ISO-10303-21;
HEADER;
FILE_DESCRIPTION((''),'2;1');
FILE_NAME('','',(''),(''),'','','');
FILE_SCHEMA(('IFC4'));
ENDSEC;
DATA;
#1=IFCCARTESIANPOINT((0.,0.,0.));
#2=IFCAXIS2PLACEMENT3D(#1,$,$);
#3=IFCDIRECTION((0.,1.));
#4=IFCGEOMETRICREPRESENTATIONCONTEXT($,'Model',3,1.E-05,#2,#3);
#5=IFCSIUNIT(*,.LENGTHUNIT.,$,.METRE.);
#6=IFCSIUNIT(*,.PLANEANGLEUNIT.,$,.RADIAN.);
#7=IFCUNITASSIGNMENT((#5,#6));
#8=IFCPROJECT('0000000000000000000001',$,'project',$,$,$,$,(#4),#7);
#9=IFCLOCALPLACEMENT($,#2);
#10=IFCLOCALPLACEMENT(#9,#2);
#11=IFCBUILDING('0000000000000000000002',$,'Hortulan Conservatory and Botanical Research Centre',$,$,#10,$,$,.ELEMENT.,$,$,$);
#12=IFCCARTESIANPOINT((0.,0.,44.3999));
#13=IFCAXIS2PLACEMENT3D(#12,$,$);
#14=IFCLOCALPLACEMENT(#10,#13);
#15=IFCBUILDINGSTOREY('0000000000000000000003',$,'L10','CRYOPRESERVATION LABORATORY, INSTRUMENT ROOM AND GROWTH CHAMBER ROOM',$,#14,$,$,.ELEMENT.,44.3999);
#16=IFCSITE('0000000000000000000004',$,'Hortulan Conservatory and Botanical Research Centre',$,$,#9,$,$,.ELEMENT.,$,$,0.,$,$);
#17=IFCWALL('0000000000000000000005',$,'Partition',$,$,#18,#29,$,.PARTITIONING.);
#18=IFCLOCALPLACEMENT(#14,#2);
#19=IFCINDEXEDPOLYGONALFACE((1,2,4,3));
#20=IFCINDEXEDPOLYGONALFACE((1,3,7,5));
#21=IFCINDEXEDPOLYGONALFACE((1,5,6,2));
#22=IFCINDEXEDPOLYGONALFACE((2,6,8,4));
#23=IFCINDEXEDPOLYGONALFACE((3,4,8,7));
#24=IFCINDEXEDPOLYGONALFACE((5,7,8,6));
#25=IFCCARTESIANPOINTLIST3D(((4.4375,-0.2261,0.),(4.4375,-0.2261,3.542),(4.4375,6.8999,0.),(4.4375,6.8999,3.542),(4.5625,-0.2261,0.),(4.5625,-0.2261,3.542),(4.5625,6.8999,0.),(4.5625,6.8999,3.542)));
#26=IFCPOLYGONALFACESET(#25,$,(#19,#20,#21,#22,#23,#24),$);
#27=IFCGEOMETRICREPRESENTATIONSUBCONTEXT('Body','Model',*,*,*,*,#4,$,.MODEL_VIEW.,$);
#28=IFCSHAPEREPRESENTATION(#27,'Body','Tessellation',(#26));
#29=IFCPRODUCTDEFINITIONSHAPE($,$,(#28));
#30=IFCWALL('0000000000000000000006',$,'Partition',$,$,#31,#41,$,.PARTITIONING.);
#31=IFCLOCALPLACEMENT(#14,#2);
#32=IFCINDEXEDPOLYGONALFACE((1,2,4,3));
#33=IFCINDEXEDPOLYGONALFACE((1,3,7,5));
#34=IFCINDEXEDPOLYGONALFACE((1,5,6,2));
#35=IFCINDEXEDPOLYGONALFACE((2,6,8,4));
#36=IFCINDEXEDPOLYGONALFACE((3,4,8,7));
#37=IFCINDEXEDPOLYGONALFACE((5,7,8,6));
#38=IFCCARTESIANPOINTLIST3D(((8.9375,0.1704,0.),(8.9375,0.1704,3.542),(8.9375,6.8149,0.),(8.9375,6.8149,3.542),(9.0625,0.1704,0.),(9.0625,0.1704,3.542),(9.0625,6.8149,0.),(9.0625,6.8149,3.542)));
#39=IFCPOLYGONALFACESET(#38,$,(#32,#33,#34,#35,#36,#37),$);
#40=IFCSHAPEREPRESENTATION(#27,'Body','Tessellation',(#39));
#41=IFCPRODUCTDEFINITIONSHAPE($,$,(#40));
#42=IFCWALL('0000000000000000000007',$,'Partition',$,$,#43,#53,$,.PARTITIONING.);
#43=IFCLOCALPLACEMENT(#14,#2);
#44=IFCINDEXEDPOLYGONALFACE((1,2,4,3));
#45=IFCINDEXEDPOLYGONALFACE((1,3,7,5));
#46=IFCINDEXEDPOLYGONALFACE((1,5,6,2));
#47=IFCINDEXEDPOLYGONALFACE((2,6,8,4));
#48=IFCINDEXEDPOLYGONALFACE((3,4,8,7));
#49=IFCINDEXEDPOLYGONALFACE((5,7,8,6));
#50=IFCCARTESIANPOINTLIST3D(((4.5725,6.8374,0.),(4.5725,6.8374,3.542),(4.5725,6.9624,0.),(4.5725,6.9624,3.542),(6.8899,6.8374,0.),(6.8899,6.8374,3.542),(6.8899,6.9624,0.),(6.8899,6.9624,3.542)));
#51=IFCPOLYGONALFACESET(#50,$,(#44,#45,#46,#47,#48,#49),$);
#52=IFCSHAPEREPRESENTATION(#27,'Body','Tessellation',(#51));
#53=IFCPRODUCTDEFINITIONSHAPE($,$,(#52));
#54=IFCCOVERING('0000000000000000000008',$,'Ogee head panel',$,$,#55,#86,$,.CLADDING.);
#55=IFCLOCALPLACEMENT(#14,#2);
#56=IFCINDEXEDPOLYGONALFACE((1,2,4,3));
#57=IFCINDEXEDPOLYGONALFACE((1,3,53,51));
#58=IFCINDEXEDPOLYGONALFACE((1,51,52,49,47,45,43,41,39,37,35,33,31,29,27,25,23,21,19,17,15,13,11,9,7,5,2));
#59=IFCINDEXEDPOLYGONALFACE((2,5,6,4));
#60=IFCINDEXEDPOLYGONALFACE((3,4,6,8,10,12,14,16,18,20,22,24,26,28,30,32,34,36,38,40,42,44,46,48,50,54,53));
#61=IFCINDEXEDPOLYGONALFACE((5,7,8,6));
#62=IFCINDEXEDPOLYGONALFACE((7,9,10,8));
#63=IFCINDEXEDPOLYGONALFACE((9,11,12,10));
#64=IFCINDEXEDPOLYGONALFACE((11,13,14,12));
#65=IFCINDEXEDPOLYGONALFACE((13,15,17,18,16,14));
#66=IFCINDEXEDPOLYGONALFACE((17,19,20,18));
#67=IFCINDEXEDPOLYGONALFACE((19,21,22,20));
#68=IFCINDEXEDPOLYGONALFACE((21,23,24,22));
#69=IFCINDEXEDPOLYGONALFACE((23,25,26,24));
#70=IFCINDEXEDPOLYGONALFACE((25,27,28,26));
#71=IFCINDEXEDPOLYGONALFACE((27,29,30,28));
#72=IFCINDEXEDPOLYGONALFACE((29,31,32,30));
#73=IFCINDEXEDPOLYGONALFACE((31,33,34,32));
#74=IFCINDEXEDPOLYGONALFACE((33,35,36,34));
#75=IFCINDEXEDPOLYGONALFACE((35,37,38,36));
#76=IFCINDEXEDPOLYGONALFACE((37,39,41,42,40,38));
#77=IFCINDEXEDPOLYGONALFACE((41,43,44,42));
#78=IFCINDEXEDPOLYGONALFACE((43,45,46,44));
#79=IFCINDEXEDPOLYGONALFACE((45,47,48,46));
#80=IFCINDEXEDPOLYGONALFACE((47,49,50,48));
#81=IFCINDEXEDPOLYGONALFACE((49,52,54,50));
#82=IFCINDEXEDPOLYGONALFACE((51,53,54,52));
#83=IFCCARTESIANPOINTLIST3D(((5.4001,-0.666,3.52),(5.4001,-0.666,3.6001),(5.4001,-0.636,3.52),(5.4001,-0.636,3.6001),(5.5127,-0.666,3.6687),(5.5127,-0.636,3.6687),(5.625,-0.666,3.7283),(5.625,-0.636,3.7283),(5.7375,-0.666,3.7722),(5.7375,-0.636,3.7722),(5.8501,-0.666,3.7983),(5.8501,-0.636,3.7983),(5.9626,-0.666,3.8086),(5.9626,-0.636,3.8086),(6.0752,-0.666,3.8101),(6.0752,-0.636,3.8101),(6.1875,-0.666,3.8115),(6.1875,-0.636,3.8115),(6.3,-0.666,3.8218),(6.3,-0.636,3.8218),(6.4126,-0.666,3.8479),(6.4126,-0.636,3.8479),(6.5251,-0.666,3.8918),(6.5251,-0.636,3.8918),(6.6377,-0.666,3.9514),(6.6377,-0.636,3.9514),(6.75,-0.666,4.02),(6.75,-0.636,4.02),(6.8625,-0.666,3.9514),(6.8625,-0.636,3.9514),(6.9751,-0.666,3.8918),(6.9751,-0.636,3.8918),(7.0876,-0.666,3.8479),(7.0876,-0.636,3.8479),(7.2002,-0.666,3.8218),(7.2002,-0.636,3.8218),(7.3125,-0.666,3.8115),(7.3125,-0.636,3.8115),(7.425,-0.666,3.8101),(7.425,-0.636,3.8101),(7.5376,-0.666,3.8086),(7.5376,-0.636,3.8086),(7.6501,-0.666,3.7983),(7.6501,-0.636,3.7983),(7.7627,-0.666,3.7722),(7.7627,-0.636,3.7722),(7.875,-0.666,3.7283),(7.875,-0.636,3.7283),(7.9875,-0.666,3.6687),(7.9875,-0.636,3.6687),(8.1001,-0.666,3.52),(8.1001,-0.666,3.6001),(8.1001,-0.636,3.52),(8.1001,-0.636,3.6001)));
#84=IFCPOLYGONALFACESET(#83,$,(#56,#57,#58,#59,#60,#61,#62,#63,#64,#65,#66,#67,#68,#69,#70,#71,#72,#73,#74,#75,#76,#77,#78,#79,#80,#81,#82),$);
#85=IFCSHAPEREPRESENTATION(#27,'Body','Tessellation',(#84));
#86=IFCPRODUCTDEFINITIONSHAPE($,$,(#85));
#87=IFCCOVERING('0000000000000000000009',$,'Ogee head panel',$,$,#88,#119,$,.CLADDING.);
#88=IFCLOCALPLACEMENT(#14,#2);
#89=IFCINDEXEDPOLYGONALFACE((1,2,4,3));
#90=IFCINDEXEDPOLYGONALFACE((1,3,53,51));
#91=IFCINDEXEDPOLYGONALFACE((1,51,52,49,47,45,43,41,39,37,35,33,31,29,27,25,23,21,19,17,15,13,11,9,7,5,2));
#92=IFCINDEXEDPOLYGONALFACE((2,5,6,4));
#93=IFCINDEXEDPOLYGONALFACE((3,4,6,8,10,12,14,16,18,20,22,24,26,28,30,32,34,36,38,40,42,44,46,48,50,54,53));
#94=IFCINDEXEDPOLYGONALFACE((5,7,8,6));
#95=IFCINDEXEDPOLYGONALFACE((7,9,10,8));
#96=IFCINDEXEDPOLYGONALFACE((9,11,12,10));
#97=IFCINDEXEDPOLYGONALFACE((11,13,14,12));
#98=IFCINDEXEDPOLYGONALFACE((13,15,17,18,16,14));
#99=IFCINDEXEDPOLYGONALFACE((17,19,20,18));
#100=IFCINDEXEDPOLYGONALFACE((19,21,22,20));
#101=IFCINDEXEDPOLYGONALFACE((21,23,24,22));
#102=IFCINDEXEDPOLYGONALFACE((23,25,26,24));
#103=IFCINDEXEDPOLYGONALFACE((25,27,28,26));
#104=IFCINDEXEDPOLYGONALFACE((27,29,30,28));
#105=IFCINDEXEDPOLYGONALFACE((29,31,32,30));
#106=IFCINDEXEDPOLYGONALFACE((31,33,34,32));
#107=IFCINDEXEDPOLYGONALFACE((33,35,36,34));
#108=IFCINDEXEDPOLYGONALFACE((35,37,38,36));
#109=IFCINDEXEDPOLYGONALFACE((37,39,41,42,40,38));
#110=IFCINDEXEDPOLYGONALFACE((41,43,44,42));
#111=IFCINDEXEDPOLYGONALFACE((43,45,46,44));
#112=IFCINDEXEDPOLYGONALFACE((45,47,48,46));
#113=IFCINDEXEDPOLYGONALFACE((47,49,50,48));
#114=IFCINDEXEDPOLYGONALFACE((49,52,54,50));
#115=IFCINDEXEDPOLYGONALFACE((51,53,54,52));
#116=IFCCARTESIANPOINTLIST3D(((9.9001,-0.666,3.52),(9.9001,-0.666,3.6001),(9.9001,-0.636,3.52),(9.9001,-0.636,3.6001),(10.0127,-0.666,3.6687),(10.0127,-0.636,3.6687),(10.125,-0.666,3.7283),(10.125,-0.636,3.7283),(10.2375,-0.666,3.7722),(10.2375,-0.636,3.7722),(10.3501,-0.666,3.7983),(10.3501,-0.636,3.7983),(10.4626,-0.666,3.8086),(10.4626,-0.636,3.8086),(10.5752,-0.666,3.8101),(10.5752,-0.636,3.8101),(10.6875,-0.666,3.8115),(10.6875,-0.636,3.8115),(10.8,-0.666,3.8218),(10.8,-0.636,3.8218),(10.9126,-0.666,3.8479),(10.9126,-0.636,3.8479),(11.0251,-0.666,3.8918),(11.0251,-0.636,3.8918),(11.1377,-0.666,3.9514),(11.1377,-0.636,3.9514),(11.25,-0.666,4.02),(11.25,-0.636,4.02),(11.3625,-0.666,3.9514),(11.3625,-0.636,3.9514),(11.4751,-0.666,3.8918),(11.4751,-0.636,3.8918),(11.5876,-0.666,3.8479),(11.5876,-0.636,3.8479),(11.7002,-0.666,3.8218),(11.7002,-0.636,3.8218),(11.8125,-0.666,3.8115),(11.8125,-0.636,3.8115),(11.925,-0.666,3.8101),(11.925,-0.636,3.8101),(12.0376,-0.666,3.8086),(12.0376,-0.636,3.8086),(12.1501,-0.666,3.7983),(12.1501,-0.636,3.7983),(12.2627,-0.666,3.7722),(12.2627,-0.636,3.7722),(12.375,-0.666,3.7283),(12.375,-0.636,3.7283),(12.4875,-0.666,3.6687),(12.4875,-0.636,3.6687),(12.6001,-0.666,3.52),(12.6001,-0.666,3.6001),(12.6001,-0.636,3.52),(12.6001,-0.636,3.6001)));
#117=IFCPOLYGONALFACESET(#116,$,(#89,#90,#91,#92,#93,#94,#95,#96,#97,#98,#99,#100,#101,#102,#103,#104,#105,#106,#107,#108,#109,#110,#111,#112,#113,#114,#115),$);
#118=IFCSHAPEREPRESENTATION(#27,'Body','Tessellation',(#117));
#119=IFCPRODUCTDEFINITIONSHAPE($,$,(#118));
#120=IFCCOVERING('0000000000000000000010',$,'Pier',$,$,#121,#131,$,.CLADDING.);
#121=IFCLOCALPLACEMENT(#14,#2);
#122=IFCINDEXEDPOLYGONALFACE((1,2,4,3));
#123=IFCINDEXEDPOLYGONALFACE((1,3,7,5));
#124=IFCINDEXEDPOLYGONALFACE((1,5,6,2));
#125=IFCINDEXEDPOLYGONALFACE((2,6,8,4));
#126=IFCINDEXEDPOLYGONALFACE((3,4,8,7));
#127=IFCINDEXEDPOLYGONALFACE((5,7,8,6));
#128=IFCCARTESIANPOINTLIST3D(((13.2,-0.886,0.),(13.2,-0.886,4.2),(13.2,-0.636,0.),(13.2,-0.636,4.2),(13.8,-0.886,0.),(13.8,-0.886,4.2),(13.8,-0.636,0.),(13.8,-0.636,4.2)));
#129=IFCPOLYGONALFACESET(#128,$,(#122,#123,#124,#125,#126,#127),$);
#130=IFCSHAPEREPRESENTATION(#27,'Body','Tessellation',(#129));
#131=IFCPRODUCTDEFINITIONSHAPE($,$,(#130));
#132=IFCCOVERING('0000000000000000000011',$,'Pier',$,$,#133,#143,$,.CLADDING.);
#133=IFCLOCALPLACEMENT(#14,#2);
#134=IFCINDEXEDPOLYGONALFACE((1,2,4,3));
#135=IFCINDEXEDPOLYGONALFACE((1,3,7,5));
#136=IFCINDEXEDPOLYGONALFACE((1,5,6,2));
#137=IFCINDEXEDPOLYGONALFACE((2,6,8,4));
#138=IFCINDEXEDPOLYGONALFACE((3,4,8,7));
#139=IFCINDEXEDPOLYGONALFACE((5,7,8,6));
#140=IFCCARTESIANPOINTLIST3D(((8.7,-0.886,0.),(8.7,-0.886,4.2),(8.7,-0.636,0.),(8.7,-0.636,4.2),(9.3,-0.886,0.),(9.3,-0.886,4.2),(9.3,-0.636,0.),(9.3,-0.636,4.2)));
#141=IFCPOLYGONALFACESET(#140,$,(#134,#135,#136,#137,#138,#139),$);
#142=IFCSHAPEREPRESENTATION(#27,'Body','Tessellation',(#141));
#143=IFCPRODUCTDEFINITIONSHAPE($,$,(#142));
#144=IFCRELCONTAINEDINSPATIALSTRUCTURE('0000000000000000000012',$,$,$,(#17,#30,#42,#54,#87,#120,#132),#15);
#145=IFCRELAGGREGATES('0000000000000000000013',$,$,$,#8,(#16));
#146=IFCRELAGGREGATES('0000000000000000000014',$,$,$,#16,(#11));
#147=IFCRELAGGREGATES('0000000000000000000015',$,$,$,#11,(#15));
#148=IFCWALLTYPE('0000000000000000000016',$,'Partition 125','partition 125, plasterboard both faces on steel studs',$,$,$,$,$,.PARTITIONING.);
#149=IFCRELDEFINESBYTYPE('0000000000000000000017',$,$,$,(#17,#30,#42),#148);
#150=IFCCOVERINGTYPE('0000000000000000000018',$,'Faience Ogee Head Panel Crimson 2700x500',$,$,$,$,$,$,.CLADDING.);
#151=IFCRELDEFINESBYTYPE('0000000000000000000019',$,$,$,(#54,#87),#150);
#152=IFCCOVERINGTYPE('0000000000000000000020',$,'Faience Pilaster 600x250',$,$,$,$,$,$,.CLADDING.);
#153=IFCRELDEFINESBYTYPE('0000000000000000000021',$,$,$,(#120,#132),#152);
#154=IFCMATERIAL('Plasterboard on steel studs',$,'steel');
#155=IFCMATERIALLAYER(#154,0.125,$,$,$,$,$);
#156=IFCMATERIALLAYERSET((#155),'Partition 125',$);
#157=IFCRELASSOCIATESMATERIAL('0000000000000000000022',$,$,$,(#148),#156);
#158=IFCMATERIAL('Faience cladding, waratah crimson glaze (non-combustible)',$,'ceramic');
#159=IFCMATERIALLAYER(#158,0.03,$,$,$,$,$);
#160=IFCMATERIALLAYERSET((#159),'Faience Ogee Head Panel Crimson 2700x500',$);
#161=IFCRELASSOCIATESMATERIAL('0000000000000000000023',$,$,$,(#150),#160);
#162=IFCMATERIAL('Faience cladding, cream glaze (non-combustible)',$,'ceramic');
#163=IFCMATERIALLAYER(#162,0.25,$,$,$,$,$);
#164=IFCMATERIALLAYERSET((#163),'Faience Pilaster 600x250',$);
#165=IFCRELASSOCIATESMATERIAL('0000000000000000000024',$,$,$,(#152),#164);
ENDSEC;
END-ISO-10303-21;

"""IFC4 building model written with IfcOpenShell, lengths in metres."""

from ifc_helpers import new_model, si_unit, direction, frame, frame_2d, origin, origin_2d, place, context, subcontext, project, spatial, polyline, rectangle, outline, extrude, material, layer, layer_set, type_object, element, save


model = new_model("IFC4")

# Units and contexts
model_context = context("Model", 3, precision=1e-05, world=origin(), true_north=direction((0.0, 1.0)))
body_context = subcontext(model_context, "Body", "Model", "MODEL_VIEW")
ifc_project = project(units=[si_unit("LENGTHUNIT", "METRE"), si_unit("PLANEANGLEUNIT", "RADIAN")], contexts=[model_context])

# Site, building, storey
site_placement = place(None, origin())
site = spatial("IfcSite", under=ifc_project, at=site_placement, Name="Hortulan Conservatory and Botanical Research Centre", CompositionType="ELEMENT", RefElevation=0.0)
building_placement = place(site_placement, origin())
building = spatial("IfcBuilding", under=site, at=building_placement, Name="Hortulan Conservatory and Botanical Research Centre", CompositionType="ELEMENT")
storey_placement = place(building_placement, frame((0.0, 0.0, 44.3999)))
storey = spatial("IfcBuildingStorey", under=building, at=storey_placement, Name="L10", Description="CRYOPRESERVATION LABORATORY, INSTRUMENT ROOM AND GROWTH CHAMBER ROOM", CompositionType="ELEMENT", Elevation=44.3999)

# Shared definitions
ifc_material_1 = material(Name="Plasterboard on steel studs", Category="steel")

# Walls
ifc_layer_1 = layer(ifc_material_1, 0.125)
ifc_layer_set_1 = layer_set([ifc_layer_1], Name="Partition 125")
wall_type_1 = type_object("IfcWallType", Name="Partition 125", Description="partition 125, plasterboard both faces on steel studs", PredefinedType="PARTITIONING", material=ifc_layer_set_1)
wall_1_placement = place(storey_placement, frame((4.5, -0.2261, 0.0), z_axis=(0.0, 0.0, 1.0), x_axis=(0.0, 1.0, 0.0)))
element("IfcWall", 1, at=wall_1_placement, inside=storey, type_object=wall_type_1, Name="Partition", PredefinedType="PARTITIONING", context=body_context, shape_type="SweptSolid", body=[
    extrude(rectangle(XDim=7.126, YDim=0.125, at=frame_2d((3.563, 0.0))), origin(), (0.0, 0.0, 1.0), 3.542),
])
wall_2_placement = place(storey_placement, frame((9.0, 0.1704, 0.0), z_axis=(0.0, 0.0, 1.0), x_axis=(0.0, 1.0, 0.0)))
element("IfcWall", 2, at=wall_2_placement, inside=storey, type_object=wall_type_1, Name="Partition", PredefinedType="PARTITIONING", context=body_context, shape_type="SweptSolid", body=[
    extrude(rectangle(XDim=6.6445, YDim=0.125, at=frame_2d((3.3223, 0.0))), origin(), (0.0, 0.0, 1.0), 3.542),
])
wall_3_placement = place(storey_placement, frame((4.5725, 6.8999, 0.0), z_axis=(0.0, 0.0, 1.0), x_axis=(1.0, 0.0, 0.0)))
element("IfcWall", 3, at=wall_3_placement, inside=storey, type_object=wall_type_1, Name="Partition", PredefinedType="PARTITIONING", context=body_context, shape_type="SweptSolid", body=[
    extrude(rectangle(XDim=2.3174, YDim=0.125, at=frame_2d((1.1587, 0.0))), origin(), (0.0, 0.0, 1.0), 3.542),
])

# Coverings
ifc_material_2 = material(Name="Faience cladding, waratah crimson glaze (non-combustible)", Category="ceramic")
ifc_layer_2 = layer(ifc_material_2, 0.03)
ifc_layer_set_2 = layer_set([ifc_layer_2], Name="Faience Ogee Head Panel Crimson 2700x500")
covering_type_1 = type_object("IfcCoveringType", Name="Faience Ogee Head Panel Crimson 2700x500", PredefinedType="CLADDING", material=ifc_layer_set_2)
for number, where, z_axis, x_axis, name in (
    (4, (8.1001, -0.6509, 3.52), (0.0, 0.0, 1.0), (-1.0, 0.0, 0.0), "Ogee head panel"),
    (5, (12.6001, -0.6509, 3.52), (0.0, 0.0, 1.0), (-1.0, 0.0, 0.0), "Ogee head panel"),
):
    element("IfcCovering", number, at=place(storey_placement, frame(where, z_axis=z_axis, x_axis=x_axis)), inside=storey, type_object=covering_type_1, Name=name, PredefinedType="CLADDING", context=body_context, shape_type="SweptSolid", body=[
        extrude(outline(polyline([(0.0, 0.0), (2.7, 0.0), (2.7, 0.0801), (2.5874, 0.1487), (2.4751, 0.2083), (2.3625, 0.2522), (2.25, 0.2783), (2.1375, 0.2886), (2.0249, 0.29), (1.9126, 0.2915), (1.8, 0.3018), (1.6875, 0.3279), (1.575, 0.3718), (1.4624, 0.4314), (1.3501, 0.5), (1.2375, 0.4314), (1.125, 0.3718), (1.0125, 0.3279), (0.8999, 0.3018), (0.7876, 0.2915), (0.675, 0.29), (0.5625, 0.2886), (0.45, 0.2783), (0.3374, 0.2522), (0.2251, 0.2083), (0.1125, 0.1487), (0.0, 0.0801), (0.0, 0.0)])), frame((0.0, 0.0151, 0.0), z_axis=(0.0, -1.0, 0.0), x_axis=(1.0, 0.0, 0.0)), (0.0, 0.0, 1.0), 0.03),
    ])
ifc_material_3 = material(Name="Faience cladding, cream glaze (non-combustible)", Category="ceramic")
ifc_layer_3 = layer(ifc_material_3, 0.25)
ifc_layer_set_3 = layer_set([ifc_layer_3], Name="Faience Pilaster 600x250")
covering_type_2 = type_object("IfcCoveringType", Name="Faience Pilaster 600x250", PredefinedType="CLADDING", material=ifc_layer_set_3)
for number, where, z_axis, x_axis, name in (
    (6, (13.5, -0.761, 0.0), (0.0, 0.0, 1.0), (-1.0, 0.0, 0.0), "Pier"),
    (7, (9.0, -0.761, 0.0), (0.0, 0.0, 1.0), (-1.0, 0.0, 0.0), "Pier"),
):
    element("IfcCovering", number, at=place(storey_placement, frame(where, z_axis=z_axis, x_axis=x_axis)), inside=storey, type_object=covering_type_2, Name=name, PredefinedType="CLADDING", context=body_context, shape_type="SweptSolid", body=[
        extrude(rectangle(XDim=0.6001, YDim=0.25, at=origin_2d()), origin(), (0.0, 0.0, 1.0), 4.2),
    ])

save(model, "model.ifc")
